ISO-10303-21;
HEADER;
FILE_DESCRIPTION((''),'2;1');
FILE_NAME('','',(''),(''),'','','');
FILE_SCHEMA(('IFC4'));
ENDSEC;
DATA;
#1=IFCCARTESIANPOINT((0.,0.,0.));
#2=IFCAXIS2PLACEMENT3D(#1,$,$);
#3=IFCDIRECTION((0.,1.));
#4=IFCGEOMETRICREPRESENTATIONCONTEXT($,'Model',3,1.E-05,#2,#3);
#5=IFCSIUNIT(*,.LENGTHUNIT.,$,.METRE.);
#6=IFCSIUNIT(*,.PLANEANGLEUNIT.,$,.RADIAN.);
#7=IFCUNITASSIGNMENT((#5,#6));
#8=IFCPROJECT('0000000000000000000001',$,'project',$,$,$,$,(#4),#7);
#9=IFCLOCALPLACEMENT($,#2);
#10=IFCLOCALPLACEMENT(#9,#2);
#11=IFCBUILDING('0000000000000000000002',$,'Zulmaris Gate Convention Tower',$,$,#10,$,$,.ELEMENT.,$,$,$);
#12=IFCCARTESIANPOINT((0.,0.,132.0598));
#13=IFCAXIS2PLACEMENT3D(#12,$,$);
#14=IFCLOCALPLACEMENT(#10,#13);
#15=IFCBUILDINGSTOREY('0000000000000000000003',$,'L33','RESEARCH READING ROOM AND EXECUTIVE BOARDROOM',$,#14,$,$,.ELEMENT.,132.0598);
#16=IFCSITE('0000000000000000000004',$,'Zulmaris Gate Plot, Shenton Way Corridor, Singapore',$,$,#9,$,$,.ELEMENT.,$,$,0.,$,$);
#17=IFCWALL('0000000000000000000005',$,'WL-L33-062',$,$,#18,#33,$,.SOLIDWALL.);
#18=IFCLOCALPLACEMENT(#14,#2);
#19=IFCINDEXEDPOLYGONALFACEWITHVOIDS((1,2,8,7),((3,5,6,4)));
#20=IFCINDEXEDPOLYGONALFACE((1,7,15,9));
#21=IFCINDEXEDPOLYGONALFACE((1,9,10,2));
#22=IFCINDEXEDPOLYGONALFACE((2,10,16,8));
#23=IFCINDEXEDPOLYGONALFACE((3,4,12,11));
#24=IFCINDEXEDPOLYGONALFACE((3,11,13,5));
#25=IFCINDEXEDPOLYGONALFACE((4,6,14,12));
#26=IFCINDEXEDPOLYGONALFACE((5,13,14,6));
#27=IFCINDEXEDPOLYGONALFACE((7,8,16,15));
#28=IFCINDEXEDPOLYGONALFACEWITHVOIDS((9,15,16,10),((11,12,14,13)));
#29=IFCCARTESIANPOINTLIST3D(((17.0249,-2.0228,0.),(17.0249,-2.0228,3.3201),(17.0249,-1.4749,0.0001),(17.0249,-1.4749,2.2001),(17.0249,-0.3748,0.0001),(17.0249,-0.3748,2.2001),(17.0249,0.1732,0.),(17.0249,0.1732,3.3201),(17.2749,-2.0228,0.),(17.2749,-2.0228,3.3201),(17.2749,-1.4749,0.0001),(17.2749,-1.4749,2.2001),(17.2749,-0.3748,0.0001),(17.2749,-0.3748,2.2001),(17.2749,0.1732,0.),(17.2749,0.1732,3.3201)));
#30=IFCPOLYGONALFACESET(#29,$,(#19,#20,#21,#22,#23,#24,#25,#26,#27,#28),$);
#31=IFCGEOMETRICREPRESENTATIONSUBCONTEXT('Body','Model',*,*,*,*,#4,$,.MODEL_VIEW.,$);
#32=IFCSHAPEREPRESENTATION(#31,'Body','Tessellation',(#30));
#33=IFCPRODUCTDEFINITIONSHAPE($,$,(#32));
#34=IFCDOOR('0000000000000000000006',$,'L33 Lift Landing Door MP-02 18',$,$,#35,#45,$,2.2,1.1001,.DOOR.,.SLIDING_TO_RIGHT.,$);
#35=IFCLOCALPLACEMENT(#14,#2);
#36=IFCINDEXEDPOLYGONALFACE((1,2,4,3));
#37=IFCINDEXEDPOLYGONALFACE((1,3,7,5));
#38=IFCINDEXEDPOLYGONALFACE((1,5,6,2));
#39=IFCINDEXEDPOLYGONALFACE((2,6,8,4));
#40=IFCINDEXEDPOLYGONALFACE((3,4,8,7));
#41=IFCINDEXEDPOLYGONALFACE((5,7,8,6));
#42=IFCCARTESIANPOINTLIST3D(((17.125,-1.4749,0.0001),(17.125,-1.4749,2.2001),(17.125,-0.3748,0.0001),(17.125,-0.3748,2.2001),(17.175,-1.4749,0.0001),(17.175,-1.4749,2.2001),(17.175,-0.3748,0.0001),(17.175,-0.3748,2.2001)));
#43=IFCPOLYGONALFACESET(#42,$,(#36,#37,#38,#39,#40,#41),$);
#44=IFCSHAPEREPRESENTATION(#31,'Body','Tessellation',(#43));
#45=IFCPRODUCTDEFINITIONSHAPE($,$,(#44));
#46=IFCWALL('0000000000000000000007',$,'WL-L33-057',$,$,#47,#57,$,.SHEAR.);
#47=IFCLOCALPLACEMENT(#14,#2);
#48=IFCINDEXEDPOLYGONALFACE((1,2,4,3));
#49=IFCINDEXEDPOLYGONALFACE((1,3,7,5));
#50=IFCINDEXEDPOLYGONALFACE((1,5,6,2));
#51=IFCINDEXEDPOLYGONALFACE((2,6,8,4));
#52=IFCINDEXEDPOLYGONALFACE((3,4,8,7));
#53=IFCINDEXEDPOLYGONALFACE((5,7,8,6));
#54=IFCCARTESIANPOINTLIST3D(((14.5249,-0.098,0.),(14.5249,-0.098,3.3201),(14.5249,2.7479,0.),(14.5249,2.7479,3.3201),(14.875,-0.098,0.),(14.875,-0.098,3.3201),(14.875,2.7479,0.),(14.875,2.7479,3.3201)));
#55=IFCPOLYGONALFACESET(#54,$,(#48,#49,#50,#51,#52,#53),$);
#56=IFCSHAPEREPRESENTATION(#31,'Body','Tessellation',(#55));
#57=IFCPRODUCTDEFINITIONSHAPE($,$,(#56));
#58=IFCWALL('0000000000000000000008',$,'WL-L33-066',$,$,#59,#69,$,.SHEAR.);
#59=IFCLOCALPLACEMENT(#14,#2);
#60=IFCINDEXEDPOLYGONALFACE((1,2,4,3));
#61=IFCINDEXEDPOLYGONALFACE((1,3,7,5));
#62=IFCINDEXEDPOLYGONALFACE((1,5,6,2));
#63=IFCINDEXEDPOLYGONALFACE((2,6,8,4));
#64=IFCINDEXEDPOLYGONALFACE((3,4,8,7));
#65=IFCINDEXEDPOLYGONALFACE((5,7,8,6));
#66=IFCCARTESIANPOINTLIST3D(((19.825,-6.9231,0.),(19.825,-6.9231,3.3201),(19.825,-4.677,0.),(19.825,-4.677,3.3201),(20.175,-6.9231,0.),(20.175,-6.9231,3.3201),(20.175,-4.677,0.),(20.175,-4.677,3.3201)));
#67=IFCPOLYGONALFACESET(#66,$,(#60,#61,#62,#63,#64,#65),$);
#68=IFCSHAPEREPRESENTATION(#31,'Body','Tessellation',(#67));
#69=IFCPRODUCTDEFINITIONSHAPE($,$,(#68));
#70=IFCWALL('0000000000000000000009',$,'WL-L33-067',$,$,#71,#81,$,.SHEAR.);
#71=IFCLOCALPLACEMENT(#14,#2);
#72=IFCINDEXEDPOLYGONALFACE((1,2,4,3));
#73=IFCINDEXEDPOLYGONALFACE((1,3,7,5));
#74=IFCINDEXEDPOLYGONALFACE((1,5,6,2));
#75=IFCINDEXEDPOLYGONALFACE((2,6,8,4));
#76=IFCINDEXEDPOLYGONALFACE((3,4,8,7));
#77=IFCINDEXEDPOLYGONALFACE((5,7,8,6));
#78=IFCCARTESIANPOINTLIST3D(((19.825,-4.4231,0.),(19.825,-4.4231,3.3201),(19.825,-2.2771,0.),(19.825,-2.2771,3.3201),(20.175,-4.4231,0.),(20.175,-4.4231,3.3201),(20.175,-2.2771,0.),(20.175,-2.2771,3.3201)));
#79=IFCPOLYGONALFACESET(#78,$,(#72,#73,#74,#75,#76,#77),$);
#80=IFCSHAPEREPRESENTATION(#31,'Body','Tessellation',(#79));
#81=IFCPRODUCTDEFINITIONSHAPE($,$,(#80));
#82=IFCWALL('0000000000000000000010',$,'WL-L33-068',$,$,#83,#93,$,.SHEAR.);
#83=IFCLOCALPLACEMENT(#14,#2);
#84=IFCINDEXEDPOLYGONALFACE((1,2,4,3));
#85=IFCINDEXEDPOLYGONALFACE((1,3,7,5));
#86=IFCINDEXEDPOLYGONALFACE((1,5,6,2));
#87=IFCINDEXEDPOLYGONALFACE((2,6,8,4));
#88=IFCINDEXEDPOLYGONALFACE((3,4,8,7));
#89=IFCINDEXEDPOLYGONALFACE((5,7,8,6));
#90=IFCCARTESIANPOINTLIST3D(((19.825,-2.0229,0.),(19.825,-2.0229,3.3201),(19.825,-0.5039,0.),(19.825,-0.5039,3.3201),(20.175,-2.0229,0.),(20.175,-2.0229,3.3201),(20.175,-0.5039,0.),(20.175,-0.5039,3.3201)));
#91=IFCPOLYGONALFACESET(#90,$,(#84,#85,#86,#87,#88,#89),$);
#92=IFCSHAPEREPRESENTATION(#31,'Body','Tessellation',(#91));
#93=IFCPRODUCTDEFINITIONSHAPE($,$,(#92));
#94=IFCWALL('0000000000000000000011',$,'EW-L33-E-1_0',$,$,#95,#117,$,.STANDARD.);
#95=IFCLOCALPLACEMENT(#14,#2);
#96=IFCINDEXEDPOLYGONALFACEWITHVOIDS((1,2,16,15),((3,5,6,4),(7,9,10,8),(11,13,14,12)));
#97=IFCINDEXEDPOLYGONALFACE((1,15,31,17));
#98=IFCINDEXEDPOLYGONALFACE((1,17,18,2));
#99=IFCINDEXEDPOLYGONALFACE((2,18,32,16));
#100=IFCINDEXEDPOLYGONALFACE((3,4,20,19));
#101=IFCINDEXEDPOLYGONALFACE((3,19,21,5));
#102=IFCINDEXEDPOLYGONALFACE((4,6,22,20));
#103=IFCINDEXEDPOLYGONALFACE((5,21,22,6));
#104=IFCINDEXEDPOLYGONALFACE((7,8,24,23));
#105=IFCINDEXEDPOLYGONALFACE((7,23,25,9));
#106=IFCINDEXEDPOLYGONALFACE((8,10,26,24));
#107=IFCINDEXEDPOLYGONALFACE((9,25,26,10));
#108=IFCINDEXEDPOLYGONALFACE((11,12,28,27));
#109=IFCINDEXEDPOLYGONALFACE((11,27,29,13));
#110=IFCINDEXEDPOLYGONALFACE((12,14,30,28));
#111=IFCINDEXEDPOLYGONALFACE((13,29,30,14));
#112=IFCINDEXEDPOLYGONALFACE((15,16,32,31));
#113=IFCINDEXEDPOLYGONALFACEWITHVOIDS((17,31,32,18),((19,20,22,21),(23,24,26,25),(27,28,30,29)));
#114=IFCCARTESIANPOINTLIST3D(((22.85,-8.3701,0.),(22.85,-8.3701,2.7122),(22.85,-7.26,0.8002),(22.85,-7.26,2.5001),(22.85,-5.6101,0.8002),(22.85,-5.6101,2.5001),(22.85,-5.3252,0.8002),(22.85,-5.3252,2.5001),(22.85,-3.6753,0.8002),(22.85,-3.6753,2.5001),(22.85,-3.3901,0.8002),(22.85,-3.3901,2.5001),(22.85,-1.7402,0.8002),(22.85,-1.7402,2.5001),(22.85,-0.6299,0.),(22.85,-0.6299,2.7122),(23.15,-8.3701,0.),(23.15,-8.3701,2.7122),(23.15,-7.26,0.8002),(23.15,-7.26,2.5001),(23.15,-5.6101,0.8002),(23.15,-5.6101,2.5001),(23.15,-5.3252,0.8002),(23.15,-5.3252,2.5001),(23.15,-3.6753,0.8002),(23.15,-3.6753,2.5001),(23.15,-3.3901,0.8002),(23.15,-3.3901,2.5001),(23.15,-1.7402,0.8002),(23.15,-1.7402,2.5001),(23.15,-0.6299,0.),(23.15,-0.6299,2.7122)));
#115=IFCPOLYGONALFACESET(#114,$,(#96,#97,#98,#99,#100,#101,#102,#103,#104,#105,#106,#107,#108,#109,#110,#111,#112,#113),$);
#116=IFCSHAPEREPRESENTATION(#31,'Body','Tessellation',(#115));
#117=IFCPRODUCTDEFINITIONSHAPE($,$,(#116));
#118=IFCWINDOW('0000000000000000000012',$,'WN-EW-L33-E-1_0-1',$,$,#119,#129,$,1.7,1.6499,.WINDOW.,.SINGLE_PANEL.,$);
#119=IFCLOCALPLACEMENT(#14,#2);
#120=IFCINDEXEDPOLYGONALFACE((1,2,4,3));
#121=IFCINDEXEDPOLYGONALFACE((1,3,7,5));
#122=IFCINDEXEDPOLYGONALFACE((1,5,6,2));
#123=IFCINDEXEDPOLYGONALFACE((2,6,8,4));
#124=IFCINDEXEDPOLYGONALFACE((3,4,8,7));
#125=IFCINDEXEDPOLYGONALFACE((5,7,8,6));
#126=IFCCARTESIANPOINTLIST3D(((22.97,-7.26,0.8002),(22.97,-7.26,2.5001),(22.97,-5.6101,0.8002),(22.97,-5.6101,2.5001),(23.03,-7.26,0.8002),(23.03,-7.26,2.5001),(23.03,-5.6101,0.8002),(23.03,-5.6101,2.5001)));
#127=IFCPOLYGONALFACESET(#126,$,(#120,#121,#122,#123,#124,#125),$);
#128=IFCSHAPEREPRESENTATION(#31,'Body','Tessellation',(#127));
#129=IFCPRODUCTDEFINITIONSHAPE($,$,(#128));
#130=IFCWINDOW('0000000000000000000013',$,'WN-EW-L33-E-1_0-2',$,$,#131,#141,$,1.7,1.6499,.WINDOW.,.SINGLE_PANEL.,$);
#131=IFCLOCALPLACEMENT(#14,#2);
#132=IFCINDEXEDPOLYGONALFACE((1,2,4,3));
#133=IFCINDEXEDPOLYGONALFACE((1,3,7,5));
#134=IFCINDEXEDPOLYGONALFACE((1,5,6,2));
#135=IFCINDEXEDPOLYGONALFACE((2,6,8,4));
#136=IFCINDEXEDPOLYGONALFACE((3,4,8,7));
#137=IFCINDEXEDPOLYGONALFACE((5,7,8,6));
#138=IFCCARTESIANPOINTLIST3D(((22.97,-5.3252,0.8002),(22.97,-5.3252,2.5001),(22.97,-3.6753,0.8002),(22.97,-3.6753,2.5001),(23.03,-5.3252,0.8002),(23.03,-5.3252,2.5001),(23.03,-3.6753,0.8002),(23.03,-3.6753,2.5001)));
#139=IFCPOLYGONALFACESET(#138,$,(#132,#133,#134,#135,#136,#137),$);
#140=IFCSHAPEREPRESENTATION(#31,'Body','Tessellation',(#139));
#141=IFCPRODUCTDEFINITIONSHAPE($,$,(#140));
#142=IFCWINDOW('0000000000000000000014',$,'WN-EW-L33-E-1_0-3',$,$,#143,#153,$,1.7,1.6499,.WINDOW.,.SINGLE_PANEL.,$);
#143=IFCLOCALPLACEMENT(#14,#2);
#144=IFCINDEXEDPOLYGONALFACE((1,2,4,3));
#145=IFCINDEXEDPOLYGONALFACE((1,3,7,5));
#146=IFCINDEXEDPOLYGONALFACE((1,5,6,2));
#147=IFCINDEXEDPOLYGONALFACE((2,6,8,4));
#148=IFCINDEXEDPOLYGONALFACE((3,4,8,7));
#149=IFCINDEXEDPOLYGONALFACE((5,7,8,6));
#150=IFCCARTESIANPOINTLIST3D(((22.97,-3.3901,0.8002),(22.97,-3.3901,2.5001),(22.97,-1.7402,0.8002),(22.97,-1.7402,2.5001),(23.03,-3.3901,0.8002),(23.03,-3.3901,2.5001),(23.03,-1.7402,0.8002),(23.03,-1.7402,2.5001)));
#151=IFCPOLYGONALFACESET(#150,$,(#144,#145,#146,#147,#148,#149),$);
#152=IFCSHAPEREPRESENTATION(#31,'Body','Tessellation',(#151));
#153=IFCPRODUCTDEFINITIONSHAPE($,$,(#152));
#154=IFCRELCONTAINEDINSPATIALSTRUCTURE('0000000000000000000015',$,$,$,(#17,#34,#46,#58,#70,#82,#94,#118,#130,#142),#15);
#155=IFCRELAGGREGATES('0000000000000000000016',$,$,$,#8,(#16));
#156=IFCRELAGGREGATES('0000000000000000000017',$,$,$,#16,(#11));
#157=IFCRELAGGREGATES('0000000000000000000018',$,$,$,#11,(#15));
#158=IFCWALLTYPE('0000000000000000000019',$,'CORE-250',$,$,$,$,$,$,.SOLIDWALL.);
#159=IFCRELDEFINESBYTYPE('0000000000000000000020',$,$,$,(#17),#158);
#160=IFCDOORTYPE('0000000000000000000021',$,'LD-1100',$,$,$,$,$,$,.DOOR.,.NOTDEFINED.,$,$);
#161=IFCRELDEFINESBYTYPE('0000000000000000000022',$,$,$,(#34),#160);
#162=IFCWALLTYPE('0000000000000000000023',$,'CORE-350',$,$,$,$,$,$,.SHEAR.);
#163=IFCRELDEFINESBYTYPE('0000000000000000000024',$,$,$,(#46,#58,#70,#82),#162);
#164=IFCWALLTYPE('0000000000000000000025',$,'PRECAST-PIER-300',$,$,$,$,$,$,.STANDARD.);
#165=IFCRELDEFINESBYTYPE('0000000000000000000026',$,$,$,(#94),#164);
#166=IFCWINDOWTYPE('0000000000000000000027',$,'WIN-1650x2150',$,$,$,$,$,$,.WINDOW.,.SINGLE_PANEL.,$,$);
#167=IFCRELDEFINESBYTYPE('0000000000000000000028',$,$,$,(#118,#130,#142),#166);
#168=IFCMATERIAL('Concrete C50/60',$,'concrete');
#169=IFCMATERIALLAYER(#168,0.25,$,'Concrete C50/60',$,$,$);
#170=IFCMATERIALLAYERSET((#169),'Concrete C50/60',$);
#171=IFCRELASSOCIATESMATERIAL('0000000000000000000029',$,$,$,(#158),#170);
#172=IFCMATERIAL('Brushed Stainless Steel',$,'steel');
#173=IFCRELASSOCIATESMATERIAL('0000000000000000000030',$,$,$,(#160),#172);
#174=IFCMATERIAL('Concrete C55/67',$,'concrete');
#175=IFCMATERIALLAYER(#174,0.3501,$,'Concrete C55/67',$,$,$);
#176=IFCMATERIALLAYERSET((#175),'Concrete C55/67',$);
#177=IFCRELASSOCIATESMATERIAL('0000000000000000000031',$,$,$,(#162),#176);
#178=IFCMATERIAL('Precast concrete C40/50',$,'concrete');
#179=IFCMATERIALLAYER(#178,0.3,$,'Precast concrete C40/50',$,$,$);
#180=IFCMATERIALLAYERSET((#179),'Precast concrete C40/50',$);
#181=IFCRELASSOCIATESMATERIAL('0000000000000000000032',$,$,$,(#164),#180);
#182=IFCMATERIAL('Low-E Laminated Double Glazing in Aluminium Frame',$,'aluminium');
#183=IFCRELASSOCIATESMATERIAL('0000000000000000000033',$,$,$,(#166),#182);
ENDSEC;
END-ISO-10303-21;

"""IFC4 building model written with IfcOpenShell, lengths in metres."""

from ifc_helpers import new_model, si_unit, direction, frame, frame_2d, origin, place, context, subcontext, project, spatial, rectangle, extrude, material, layer, layer_set, type_object, element, fill, save


model = new_model("IFC4")

# Units and contexts
model_context = context("Model", 3, precision=1e-05, world=origin(), true_north=direction((0.0, 1.0)))
body_context = subcontext(model_context, "Body", "Model", "MODEL_VIEW")
ifc_project = project(units=[si_unit("LENGTHUNIT", "METRE"), si_unit("PLANEANGLEUNIT", "RADIAN")], contexts=[model_context])

# Site, building, storey
site_placement = place(None, origin())
site = spatial("IfcSite", under=ifc_project, at=site_placement, Name="Zulmaris Gate Plot, Shenton Way Corridor, Singapore", CompositionType="ELEMENT", RefElevation=0.0)
building_placement = place(site_placement, origin())
building = spatial("IfcBuilding", under=site, at=building_placement, Name="Zulmaris Gate Convention Tower", CompositionType="ELEMENT")
storey_placement = place(building_placement, frame((0.0, 0.0, 132.0598)))
storey = spatial("IfcBuildingStorey", under=building, at=storey_placement, Name="L33", Description="RESEARCH READING ROOM AND EXECUTIVE BOARDROOM", CompositionType="ELEMENT", Elevation=132.0598)

# Shared definitions
ifc_material_1 = material(Name="Concrete C50/60", Category="concrete")
ifc_layer_1 = layer(ifc_material_1, 0.25, Name="Concrete C50/60")
ifc_layer_set_1 = layer_set([ifc_layer_1], Name="Concrete C50/60")
wall_type_1 = type_object("IfcWallType", Name="CORE-250", PredefinedType="SOLIDWALL", material=ifc_layer_set_1)

# Wall, opening, door
ifc_material_2 = material(Name="Brushed Stainless Steel", Category="steel")
door_type = type_object("IfcDoorType", Name="LD-1100", OperationType="NOTDEFINED", PredefinedType="DOOR", material=ifc_material_2)
wall_1_placement = place(storey_placement, frame((17.1499, -2.0229, 0.0), z_axis=(0.0, 0.0, 1.0), x_axis=(0.0, 1.0, 0.0)))
wall_1 = element("IfcWall", 1, at=wall_1_placement, inside=storey, type_object=wall_type_1, Name="WL-L33-062", PredefinedType="SOLIDWALL", context=body_context, shape_type="SweptSolid", body=[
    extrude(rectangle(XDim=2.196, YDim=0.25, at=frame_2d((1.0981, 0.0))), origin(), (0.0, 0.0, 1.0), 3.3201),
])
opening_1_placement = place(wall_1_placement, frame((0.5481, 0.0, 0.0)))
opening_1 = element("IfcOpeningElement", 2, at=opening_1_placement, cuts=wall_1, PredefinedType="OPENING", context=body_context, shape_type="SweptSolid", body=[
    extrude(rectangle(XDim=1.1001, YDim=2.2, at=frame_2d((0.55, 1.1001))), frame((0.0, 0.135, 0.0), z_axis=(0.0, -1.0, 0.0), x_axis=(1.0, 0.0, 0.0)), (0.0, 0.0, 1.0), 0.27),
])
door_1_placement = place(opening_1_placement, origin())
door_1 = element("IfcDoor", 3, at=door_1_placement, inside=storey, type_object=door_type, Name="L33 Lift Landing Door MP-02 18", OperationType="SLIDING_TO_RIGHT", OverallHeight=2.2, OverallWidth=1.1001, PredefinedType="DOOR", context=body_context, shape_type="SweptSolid", body=[
    extrude(rectangle(XDim=1.1001, YDim=2.2, at=frame_2d((0.55, 1.1001))), frame((0.0, 0.0249, 0.0), z_axis=(0.0, -1.0, 0.0), x_axis=(1.0, 0.0, 0.0)), (0.0, 0.0, 1.0), 0.05),
])
fill(opening_1, door_1)

# Walls
ifc_material_3 = material(Name="Concrete C55/67", Category="concrete")
ifc_layer_2 = layer(ifc_material_3, 0.3501, Name="Concrete C55/67")
ifc_layer_set_2 = layer_set([ifc_layer_2], Name="Concrete C55/67")
wall_type_2 = type_object("IfcWallType", Name="CORE-350", PredefinedType="SHEAR", material=ifc_layer_set_2)
wall_2_placement = place(storey_placement, frame((14.7, -0.0979, 0.0), z_axis=(0.0, 0.0, 1.0), x_axis=(0.0, 1.0, 0.0)))
element("IfcWall", 4, at=wall_2_placement, inside=storey, type_object=wall_type_2, Name="WL-L33-057", PredefinedType="SHEAR", context=body_context, shape_type="SweptSolid", body=[
    extrude(rectangle(XDim=2.8459, YDim=0.3501, at=frame_2d((1.4229, 0.0))), origin(), (0.0, 0.0, 1.0), 3.3201),
])
wall_3_placement = place(storey_placement, frame((20.0, -6.9231, 0.0), z_axis=(0.0, 0.0, 1.0), x_axis=(0.0, 1.0, 0.0)))
element("IfcWall", 5, at=wall_3_placement, inside=storey, type_object=wall_type_2, Name="WL-L33-066", PredefinedType="SHEAR", context=body_context, shape_type="SweptSolid", body=[
    extrude(rectangle(XDim=2.2461, YDim=0.3501, at=frame_2d((1.123, 0.0))), origin(), (0.0, 0.0, 1.0), 3.3201),
])
wall_4_placement = place(storey_placement, frame((20.0, -4.4231, 0.0), z_axis=(0.0, 0.0, 1.0), x_axis=(0.0, 1.0, 0.0)))
element("IfcWall", 6, at=wall_4_placement, inside=storey, type_object=wall_type_2, Name="WL-L33-067", PredefinedType="SHEAR", context=body_context, shape_type="SweptSolid", body=[
    extrude(rectangle(XDim=2.146, YDim=0.3501, at=frame_2d((1.073, 0.0))), origin(), (0.0, 0.0, 1.0), 3.3201),
])
wall_5_placement = place(storey_placement, frame((20.0, -2.0229, 0.0), z_axis=(0.0, 0.0, 1.0), x_axis=(0.0, 1.0, 0.0)))
element("IfcWall", 7, at=wall_5_placement, inside=storey, type_object=wall_type_2, Name="WL-L33-068", PredefinedType="SHEAR", context=body_context, shape_type="SweptSolid", body=[
    extrude(rectangle(XDim=1.519, YDim=0.3501, at=frame_2d((0.7595, 0.0))), origin(), (0.0, 0.0, 1.0), 3.3201),
])

# Wall, openings, windows
ifc_material_4 = material(Name="Precast concrete C40/50", Category="concrete")
ifc_layer_3 = layer(ifc_material_4, 0.3, Name="Precast concrete C40/50")
ifc_layer_set_3 = layer_set([ifc_layer_3], Name="Precast concrete C40/50")
wall_type_3 = type_object("IfcWallType", Name="PRECAST-PIER-300", PredefinedType="STANDARD", material=ifc_layer_set_3)
wall_6_placement = place(storey_placement, frame((23.0, -8.3701, 0.0), z_axis=(0.0, 0.0, 1.0), x_axis=(0.0, 1.0, 0.0)))
wall_6 = element("IfcWall", 8, at=wall_6_placement, inside=storey, type_object=wall_type_3, Name="EW-L33-E-1_0", PredefinedType="STANDARD", context=body_context, shape_type="SweptSolid", body=[
    extrude(rectangle(XDim=7.7402, YDim=0.3, at=frame_2d((3.8701, 0.0))), origin(), (0.0, 0.0, 1.0), 2.7122),
])
opening_2_placement = place(wall_6_placement, frame((1.1101, 0.0, 0.8)))
opening_2 = element("IfcOpeningElement", 9, at=opening_2_placement, cuts=wall_6, PredefinedType="OPENING", context=body_context, shape_type="SweptSolid", body=[
    extrude(rectangle(XDim=1.6499, YDim=1.7, at=frame_2d((0.825, 0.8501))), frame((0.0, 0.1602, 0.0), z_axis=(0.0, -1.0, 0.0), x_axis=(1.0, 0.0, 0.0)), (0.0, 0.0, 1.0), 0.3201),
])
opening_3_placement = place(wall_6_placement, frame((3.0449, 0.0, 0.8)))
opening_3 = element("IfcOpeningElement", 10, at=opening_3_placement, cuts=wall_6, PredefinedType="OPENING", context=body_context, shape_type="SweptSolid", body=[
    extrude(rectangle(XDim=1.6499, YDim=1.7, at=frame_2d((0.825, 0.8501))), frame((0.0, 0.1602, 0.0), z_axis=(0.0, -1.0, 0.0), x_axis=(1.0, 0.0, 0.0)), (0.0, 0.0, 1.0), 0.3201),
])
opening_4_placement = place(wall_6_placement, frame((4.98, 0.0, 0.8)))
opening_4 = element("IfcOpeningElement", 11, at=opening_4_placement, cuts=wall_6, PredefinedType="OPENING", context=body_context, shape_type="SweptSolid", body=[
    extrude(rectangle(XDim=1.6499, YDim=1.7, at=frame_2d((0.825, 0.8501))), frame((0.0, 0.1602, 0.0), z_axis=(0.0, -1.0, 0.0), x_axis=(1.0, 0.0, 0.0)), (0.0, 0.0, 1.0), 0.3201),
])
ifc_material_5 = material(Name="Low-E Laminated Double Glazing in Aluminium Frame", Category="aluminium")
window_type = type_object("IfcWindowType", Name="WIN-1650x2150", PartitioningType="SINGLE_PANEL", PredefinedType="WINDOW", material=ifc_material_5)
window_1_placement = place(opening_2_placement, origin())
window_1 = element("IfcWindow", 12, at=window_1_placement, inside=storey, type_object=window_type, Name="WN-EW-L33-E-1_0-1", OverallHeight=1.7, OverallWidth=1.6499, PartitioningType="SINGLE_PANEL", PredefinedType="WINDOW", context=body_context, shape_type="SweptSolid", body=[
    extrude(rectangle(XDim=1.6499, YDim=1.7, at=frame_2d((0.825, 0.8501))), frame((0.0, 0.03, 0.0), z_axis=(0.0, -1.0, 0.0), x_axis=(1.0, 0.0, 0.0)), (0.0, 0.0, 1.0), 0.0601),
])
fill(opening_2, window_1)
window_2_placement = place(opening_3_placement, origin())
window_2 = element("IfcWindow", 13, at=window_2_placement, inside=storey, type_object=window_type, Name="WN-EW-L33-E-1_0-2", OverallHeight=1.7, OverallWidth=1.6499, PartitioningType="SINGLE_PANEL", PredefinedType="WINDOW", context=body_context, shape_type="SweptSolid", body=[
    extrude(rectangle(XDim=1.6499, YDim=1.7, at=frame_2d((0.825, 0.8501))), frame((0.0, 0.03, 0.0), z_axis=(0.0, -1.0, 0.0), x_axis=(1.0, 0.0, 0.0)), (0.0, 0.0, 1.0), 0.0601),
])
fill(opening_3, window_2)
window_3_placement = place(opening_4_placement, origin())
window_3 = element("IfcWindow", 14, at=window_3_placement, inside=storey, type_object=window_type, Name="WN-EW-L33-E-1_0-3", OverallHeight=1.7, OverallWidth=1.6499, PartitioningType="SINGLE_PANEL", PredefinedType="WINDOW", context=body_context, shape_type="SweptSolid", body=[
    extrude(rectangle(XDim=1.6499, YDim=1.7, at=frame_2d((0.825, 0.8501))), frame((0.0, 0.03, 0.0), z_axis=(0.0, -1.0, 0.0), x_axis=(1.0, 0.0, 0.0)), (0.0, 0.0, 1.0), 0.0601),
])
fill(opening_4, window_3)

save(model, "model.ifc")
